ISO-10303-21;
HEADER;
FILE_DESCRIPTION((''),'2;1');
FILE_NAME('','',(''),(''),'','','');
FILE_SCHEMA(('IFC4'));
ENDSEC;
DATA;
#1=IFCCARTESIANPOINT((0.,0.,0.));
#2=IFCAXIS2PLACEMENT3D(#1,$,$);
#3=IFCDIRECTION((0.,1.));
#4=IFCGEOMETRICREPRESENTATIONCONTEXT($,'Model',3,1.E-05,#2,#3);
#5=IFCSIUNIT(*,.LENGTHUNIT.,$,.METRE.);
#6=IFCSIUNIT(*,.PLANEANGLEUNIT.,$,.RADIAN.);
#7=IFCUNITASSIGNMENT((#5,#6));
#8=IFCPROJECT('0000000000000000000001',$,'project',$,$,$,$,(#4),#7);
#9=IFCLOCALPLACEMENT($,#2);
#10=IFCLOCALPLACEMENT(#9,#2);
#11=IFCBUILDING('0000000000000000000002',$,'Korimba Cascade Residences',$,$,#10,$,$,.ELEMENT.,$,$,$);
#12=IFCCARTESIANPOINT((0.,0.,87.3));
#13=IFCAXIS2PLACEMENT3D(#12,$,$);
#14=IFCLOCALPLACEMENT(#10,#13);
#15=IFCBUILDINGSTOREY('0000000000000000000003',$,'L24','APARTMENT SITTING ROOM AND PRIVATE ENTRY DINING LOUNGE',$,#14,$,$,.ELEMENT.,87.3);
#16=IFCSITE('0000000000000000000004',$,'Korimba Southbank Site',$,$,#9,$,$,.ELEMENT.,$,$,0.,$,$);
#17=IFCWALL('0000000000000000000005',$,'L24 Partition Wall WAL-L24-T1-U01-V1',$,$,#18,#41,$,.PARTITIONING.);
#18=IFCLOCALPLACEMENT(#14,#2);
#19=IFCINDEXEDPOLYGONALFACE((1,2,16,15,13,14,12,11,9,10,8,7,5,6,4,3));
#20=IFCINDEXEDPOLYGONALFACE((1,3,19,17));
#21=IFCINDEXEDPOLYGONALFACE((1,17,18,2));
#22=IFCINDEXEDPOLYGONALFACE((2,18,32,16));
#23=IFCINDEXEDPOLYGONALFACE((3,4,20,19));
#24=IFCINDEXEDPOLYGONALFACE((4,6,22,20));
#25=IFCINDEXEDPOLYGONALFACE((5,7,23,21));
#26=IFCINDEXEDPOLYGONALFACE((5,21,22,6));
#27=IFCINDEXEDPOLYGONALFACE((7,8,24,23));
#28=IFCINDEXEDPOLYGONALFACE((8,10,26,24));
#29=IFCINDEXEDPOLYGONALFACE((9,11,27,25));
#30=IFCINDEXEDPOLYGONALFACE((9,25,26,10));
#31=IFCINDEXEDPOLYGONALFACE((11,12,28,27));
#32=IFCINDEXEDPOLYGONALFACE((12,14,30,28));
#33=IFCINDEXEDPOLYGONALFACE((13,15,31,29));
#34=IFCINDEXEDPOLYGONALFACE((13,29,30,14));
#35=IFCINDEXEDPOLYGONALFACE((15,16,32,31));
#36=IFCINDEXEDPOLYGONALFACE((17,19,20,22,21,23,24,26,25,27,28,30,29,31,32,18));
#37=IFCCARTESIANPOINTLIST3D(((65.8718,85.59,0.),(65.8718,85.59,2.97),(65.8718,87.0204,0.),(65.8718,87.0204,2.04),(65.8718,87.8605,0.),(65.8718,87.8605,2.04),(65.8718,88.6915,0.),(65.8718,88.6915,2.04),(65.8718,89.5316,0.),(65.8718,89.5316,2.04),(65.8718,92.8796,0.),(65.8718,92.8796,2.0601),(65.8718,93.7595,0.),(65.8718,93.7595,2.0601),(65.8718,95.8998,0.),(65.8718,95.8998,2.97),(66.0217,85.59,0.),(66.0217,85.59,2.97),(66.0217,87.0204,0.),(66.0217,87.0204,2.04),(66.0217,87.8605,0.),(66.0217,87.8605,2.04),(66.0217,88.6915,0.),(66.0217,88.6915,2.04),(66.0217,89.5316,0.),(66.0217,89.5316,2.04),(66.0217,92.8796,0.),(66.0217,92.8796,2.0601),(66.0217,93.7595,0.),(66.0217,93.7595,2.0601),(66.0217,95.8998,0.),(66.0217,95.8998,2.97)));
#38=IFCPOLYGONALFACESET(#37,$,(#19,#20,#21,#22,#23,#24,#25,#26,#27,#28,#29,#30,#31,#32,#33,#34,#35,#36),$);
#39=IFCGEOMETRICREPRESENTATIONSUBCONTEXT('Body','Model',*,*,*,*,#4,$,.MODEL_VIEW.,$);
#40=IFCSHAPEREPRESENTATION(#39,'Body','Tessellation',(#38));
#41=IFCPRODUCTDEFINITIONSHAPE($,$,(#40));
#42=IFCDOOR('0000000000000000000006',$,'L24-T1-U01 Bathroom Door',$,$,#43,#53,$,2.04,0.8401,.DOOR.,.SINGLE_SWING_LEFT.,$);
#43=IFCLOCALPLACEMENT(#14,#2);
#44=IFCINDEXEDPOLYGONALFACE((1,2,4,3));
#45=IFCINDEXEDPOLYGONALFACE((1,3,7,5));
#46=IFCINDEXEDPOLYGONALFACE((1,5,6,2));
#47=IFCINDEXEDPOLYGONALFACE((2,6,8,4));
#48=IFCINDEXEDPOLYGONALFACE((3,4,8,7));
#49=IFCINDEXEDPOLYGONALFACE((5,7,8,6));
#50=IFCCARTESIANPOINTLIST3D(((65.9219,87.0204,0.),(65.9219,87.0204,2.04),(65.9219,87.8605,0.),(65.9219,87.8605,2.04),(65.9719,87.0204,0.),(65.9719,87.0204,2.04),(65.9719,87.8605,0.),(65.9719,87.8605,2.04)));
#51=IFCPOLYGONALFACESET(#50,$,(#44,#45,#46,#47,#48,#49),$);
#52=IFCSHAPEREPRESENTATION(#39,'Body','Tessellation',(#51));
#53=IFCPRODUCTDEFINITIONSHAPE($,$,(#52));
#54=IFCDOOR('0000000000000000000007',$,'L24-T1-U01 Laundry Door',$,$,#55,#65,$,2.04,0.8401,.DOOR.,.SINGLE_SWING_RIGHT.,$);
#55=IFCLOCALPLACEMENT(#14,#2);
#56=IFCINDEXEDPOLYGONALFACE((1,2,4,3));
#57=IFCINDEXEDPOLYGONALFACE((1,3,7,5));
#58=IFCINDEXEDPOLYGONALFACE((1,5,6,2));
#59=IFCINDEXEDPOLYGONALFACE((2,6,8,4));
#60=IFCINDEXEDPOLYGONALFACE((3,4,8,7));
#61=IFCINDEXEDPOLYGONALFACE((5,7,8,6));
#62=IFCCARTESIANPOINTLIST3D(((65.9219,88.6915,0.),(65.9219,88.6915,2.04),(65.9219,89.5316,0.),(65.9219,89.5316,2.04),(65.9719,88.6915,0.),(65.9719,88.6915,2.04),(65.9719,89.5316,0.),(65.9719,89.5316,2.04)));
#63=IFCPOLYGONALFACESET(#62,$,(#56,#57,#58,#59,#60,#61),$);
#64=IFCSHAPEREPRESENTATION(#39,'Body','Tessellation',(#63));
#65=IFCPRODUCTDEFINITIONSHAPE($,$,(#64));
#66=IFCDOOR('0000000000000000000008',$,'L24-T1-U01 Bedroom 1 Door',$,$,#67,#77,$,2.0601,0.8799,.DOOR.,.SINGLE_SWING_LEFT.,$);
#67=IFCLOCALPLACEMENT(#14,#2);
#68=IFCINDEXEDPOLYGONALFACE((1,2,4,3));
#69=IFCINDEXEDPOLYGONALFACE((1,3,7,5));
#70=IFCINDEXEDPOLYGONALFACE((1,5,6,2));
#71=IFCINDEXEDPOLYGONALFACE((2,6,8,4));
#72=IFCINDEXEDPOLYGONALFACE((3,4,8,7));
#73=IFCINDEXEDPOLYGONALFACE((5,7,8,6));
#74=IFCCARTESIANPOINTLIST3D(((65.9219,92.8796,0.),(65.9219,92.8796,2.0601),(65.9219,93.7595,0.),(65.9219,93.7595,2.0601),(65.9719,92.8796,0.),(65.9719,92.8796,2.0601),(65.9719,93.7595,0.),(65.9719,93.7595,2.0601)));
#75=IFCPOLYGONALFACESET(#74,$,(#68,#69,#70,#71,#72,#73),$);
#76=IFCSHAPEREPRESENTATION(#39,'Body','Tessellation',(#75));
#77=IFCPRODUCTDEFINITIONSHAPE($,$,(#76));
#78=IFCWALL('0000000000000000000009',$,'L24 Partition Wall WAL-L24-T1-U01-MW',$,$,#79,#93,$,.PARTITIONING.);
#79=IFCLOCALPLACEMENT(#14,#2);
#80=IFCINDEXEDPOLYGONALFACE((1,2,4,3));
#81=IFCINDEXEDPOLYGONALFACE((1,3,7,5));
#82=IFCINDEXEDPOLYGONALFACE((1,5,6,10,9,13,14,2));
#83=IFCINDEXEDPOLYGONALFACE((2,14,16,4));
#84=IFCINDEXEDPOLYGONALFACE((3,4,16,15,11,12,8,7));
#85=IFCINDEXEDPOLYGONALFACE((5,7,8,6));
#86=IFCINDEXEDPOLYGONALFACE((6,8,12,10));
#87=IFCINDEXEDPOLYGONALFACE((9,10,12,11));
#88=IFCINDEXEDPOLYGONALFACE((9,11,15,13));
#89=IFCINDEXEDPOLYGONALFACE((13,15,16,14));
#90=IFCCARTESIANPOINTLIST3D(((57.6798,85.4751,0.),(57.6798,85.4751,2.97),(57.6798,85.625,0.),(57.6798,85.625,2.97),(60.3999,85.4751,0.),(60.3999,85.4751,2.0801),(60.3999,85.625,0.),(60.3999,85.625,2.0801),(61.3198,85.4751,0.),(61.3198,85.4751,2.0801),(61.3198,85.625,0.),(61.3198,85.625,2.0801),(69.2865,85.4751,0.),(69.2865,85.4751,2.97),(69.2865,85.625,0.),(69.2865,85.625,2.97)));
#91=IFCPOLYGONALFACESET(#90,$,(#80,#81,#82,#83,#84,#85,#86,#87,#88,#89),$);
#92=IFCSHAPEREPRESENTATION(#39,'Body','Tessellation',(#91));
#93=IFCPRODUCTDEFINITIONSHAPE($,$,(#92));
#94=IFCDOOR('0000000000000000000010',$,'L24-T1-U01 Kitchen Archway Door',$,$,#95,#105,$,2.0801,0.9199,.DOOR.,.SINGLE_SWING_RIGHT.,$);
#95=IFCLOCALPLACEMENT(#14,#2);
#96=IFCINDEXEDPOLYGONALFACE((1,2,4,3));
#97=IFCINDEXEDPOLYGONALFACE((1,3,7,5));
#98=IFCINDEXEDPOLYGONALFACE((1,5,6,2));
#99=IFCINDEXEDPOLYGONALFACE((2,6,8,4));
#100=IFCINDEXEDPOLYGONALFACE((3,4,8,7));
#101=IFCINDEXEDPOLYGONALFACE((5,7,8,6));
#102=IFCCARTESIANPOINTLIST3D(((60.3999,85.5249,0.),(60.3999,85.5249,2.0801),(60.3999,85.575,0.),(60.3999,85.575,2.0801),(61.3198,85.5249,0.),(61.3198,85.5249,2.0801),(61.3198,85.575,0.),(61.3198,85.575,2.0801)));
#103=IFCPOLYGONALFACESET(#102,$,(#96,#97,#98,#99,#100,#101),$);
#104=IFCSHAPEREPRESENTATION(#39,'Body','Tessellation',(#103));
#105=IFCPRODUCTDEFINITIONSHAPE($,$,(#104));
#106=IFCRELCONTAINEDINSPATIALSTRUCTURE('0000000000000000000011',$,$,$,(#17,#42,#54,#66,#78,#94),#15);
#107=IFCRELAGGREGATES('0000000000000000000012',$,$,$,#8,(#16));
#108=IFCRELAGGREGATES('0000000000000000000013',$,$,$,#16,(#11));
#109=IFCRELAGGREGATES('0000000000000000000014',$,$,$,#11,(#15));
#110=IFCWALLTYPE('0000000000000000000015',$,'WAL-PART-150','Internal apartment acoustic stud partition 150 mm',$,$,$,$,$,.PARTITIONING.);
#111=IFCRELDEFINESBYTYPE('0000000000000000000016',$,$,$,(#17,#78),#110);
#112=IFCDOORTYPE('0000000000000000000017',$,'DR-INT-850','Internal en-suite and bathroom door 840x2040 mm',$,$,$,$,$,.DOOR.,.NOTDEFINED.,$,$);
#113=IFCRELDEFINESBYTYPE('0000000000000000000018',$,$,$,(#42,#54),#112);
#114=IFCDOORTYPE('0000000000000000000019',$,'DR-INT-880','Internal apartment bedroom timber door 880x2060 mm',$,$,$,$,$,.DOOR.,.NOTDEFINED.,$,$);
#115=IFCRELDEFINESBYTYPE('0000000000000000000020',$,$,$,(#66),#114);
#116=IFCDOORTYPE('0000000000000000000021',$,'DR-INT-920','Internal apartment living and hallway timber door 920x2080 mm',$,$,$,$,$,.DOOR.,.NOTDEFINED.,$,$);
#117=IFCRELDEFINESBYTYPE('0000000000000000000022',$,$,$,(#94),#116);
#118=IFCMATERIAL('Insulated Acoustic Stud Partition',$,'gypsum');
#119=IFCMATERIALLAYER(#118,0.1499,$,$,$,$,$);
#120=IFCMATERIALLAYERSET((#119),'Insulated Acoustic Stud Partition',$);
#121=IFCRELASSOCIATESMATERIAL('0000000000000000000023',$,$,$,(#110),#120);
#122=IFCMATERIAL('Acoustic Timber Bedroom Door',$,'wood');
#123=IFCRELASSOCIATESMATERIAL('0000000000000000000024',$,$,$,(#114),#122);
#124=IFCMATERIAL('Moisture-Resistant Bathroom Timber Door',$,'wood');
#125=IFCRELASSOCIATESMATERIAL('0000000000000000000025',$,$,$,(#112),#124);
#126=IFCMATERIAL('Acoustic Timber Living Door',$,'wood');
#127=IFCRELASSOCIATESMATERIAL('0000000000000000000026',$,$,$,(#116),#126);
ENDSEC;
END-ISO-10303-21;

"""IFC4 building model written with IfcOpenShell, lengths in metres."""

from ifc_helpers import new_model, si_unit, direction, frame, frame_2d, origin, place, context, subcontext, project, spatial, rectangle, extrude, material, layer, layer_set, type_object, element, fill, save


model = new_model("IFC4")

# Units and contexts
model_context = context("Model", 3, precision=1e-05, world=origin(), true_north=direction((0.0, 1.0)))
body_context = subcontext(model_context, "Body", "Model", "MODEL_VIEW")
ifc_project = project(units=[si_unit("LENGTHUNIT", "METRE"), si_unit("PLANEANGLEUNIT", "RADIAN")], contexts=[model_context])

# Site, building, storey
site_placement = place(None, origin())
site = spatial("IfcSite", under=ifc_project, at=site_placement, Name="Korimba Southbank Site", CompositionType="ELEMENT", RefElevation=0.0)
building_placement = place(site_placement, origin())
building = spatial("IfcBuilding", under=site, at=building_placement, Name="Korimba Cascade Residences", CompositionType="ELEMENT")
storey_placement = place(building_placement, frame((0.0, 0.0, 87.3)))
storey = spatial("IfcBuildingStorey", under=building, at=storey_placement, Name="L24", Description="APARTMENT SITTING ROOM AND PRIVATE ENTRY DINING LOUNGE", CompositionType="ELEMENT", Elevation=87.3)

# Shared definitions
ifc_material_1 = material(Name="Insulated Acoustic Stud Partition", Category="gypsum")
ifc_layer_1 = layer(ifc_material_1, 0.1499)
ifc_layer_set_1 = layer_set([ifc_layer_1], Name="Insulated Acoustic Stud Partition")
wall_type_1 = type_object("IfcWallType", Name="WAL-PART-150", Description="Internal apartment acoustic stud partition 150 mm", PredefinedType="PARTITIONING", material=ifc_layer_set_1)
ifc_material_2 = material(Name="Acoustic Timber Bedroom Door", Category="wood")
door_type_1 = type_object("IfcDoorType", Name="DR-INT-880", Description="Internal apartment bedroom timber door 880x2060 mm", OperationType="NOTDEFINED", PredefinedType="DOOR", material=ifc_material_2)

# Wall, openings, doors
wall_1_placement = place(storey_placement, frame((65.9468, 85.5901, 0.0), z_axis=(0.0, 0.0, 1.0), x_axis=(0.0, 1.0, 0.0)))
wall_1 = element("IfcWall", 1, at=wall_1_placement, inside=storey, type_object=wall_type_1, Name="L24 Partition Wall WAL-L24-T1-U01-V1", PredefinedType="PARTITIONING", context=body_context, shape_type="SweptSolid", body=[
    extrude(rectangle(XDim=10.3098, YDim=0.1499, at=frame_2d((5.1548, 0.0))), origin(), (0.0, 0.0, 1.0), 2.97),
])
opening_1_placement = place(wall_1_placement, frame((1.4304, 0.0, 0.0)))
opening_1 = element("IfcOpeningElement", 2, at=opening_1_placement, cuts=wall_1, PredefinedType="OPENING", context=body_context, shape_type="SweptSolid", body=[
    extrude(rectangle(XDim=0.8401, YDim=2.04, at=frame_2d((0.4199, 1.02))), frame((0.0, 0.085, 0.0), z_axis=(0.0, -1.0, 0.0), x_axis=(1.0, 0.0, 0.0)), (0.0, 0.0, 1.0), 0.1699),
])
opening_2_placement = place(wall_1_placement, frame((3.1016, 0.0, 0.0)))
opening_2 = element("IfcOpeningElement", 3, at=opening_2_placement, cuts=wall_1, PredefinedType="OPENING", context=body_context, shape_type="SweptSolid", body=[
    extrude(rectangle(XDim=0.8401, YDim=2.04, at=frame_2d((0.4199, 1.02))), frame((0.0, 0.085, 0.0), z_axis=(0.0, -1.0, 0.0), x_axis=(1.0, 0.0, 0.0)), (0.0, 0.0, 1.0), 0.1699),
])
opening_3_placement = place(wall_1_placement, frame((7.2896, 0.0, 0.0)))
opening_3 = element("IfcOpeningElement", 4, at=opening_3_placement, cuts=wall_1, PredefinedType="OPENING", context=body_context, shape_type="SweptSolid", body=[
    extrude(rectangle(XDim=0.8799, YDim=2.0601, at=frame_2d((0.4399, 1.03))), frame((0.0, 0.085, 0.0), z_axis=(0.0, -1.0, 0.0), x_axis=(1.0, 0.0, 0.0)), (0.0, 0.0, 1.0), 0.1699),
])
ifc_material_3 = material(Name="Moisture-Resistant Bathroom Timber Door", Category="wood")
door_type_2 = type_object("IfcDoorType", Name="DR-INT-850", Description="Internal en-suite and bathroom door 840x2040 mm", OperationType="NOTDEFINED", PredefinedType="DOOR", material=ifc_material_3)
door_1_placement = place(opening_1_placement, origin())
door_1 = element("IfcDoor", 5, at=door_1_placement, inside=storey, type_object=door_type_2, Name="L24-T1-U01 Bathroom Door", OperationType="SINGLE_SWING_LEFT", OverallHeight=2.04, OverallWidth=0.8401, PredefinedType="DOOR", context=body_context, shape_type="SweptSolid", body=[
    extrude(rectangle(XDim=0.8401, YDim=2.04, at=frame_2d((0.4199, 1.02))), frame((0.0, 0.0249, 0.0), z_axis=(0.0, -1.0, 0.0), x_axis=(1.0, 0.0, 0.0)), (0.0, 0.0, 1.0), 0.05),
])
fill(opening_1, door_1)
door_2_placement = place(opening_2_placement, origin())
door_2 = element("IfcDoor", 6, at=door_2_placement, inside=storey, type_object=door_type_2, Name="L24-T1-U01 Laundry Door", OperationType="SINGLE_SWING_RIGHT", OverallHeight=2.04, OverallWidth=0.8401, PredefinedType="DOOR", context=body_context, shape_type="SweptSolid", body=[
    extrude(rectangle(XDim=0.8401, YDim=2.04, at=frame_2d((0.4199, 1.02))), frame((0.0, 0.0249, 0.0), z_axis=(0.0, -1.0, 0.0), x_axis=(1.0, 0.0, 0.0)), (0.0, 0.0, 1.0), 0.05),
])
fill(opening_2, door_2)
door_3_placement = place(opening_3_placement, origin())
door_3 = element("IfcDoor", 7, at=door_3_placement, inside=storey, type_object=door_type_1, Name="L24-T1-U01 Bedroom 1 Door", OperationType="SINGLE_SWING_LEFT", OverallHeight=2.0601, OverallWidth=0.8799, PredefinedType="DOOR", context=body_context, shape_type="SweptSolid", body=[
    extrude(rectangle(XDim=0.8799, YDim=2.0601, at=frame_2d((0.4399, 1.03))), frame((0.0, 0.0249, 0.0), z_axis=(0.0, -1.0, 0.0), x_axis=(1.0, 0.0, 0.0)), (0.0, 0.0, 1.0), 0.05),
])
fill(opening_3, door_3)

# Wall, opening, door
wall_2_placement = place(storey_placement, frame((57.6799, 85.55, 0.0), z_axis=(0.0, 0.0, 1.0), x_axis=(1.0, 0.0, 0.0)))
wall_2 = element("IfcWall", 8, at=wall_2_placement, inside=storey, type_object=wall_type_1, Name="L24 Partition Wall WAL-L24-T1-U01-MW", PredefinedType="PARTITIONING", context=body_context, shape_type="SweptSolid", body=[
    extrude(rectangle(XDim=11.6067, YDim=0.1499, at=frame_2d((5.8032, 0.0))), origin(), (0.0, 0.0, 1.0), 2.97),
])
opening_4_placement = place(wall_2_placement, frame((2.72, 0.0, 0.0)))
opening_4 = element("IfcOpeningElement", 9, at=opening_4_placement, cuts=wall_2, PredefinedType="OPENING", context=body_context, shape_type="SweptSolid", body=[
    extrude(rectangle(XDim=0.9199, YDim=2.0801, at=frame_2d((0.46, 1.04))), frame((0.0, 0.085, 0.0), z_axis=(0.0, -1.0, 0.0), x_axis=(1.0, 0.0, 0.0)), (0.0, 0.0, 1.0), 0.1699),
])
ifc_material_4 = material(Name="Acoustic Timber Living Door", Category="wood")
door_type_3 = type_object("IfcDoorType", Name="DR-INT-920", Description="Internal apartment living and hallway timber door 920x2080 mm", OperationType="NOTDEFINED", PredefinedType="DOOR", material=ifc_material_4)
door_4_placement = place(opening_4_placement, origin())
door_4 = element("IfcDoor", 10, at=door_4_placement, inside=storey, type_object=door_type_3, Name="L24-T1-U01 Kitchen Archway Door", OperationType="SINGLE_SWING_RIGHT", OverallHeight=2.0801, OverallWidth=0.9199, PredefinedType="DOOR", context=body_context, shape_type="SweptSolid", body=[
    extrude(rectangle(XDim=0.9199, YDim=2.0801, at=frame_2d((0.46, 1.04))), frame((0.0, 0.0249, 0.0), z_axis=(0.0, -1.0, 0.0), x_axis=(1.0, 0.0, 0.0)), (0.0, 0.0, 1.0), 0.05),
])
fill(opening_4, door_4)

save(model, "model.ifc")
